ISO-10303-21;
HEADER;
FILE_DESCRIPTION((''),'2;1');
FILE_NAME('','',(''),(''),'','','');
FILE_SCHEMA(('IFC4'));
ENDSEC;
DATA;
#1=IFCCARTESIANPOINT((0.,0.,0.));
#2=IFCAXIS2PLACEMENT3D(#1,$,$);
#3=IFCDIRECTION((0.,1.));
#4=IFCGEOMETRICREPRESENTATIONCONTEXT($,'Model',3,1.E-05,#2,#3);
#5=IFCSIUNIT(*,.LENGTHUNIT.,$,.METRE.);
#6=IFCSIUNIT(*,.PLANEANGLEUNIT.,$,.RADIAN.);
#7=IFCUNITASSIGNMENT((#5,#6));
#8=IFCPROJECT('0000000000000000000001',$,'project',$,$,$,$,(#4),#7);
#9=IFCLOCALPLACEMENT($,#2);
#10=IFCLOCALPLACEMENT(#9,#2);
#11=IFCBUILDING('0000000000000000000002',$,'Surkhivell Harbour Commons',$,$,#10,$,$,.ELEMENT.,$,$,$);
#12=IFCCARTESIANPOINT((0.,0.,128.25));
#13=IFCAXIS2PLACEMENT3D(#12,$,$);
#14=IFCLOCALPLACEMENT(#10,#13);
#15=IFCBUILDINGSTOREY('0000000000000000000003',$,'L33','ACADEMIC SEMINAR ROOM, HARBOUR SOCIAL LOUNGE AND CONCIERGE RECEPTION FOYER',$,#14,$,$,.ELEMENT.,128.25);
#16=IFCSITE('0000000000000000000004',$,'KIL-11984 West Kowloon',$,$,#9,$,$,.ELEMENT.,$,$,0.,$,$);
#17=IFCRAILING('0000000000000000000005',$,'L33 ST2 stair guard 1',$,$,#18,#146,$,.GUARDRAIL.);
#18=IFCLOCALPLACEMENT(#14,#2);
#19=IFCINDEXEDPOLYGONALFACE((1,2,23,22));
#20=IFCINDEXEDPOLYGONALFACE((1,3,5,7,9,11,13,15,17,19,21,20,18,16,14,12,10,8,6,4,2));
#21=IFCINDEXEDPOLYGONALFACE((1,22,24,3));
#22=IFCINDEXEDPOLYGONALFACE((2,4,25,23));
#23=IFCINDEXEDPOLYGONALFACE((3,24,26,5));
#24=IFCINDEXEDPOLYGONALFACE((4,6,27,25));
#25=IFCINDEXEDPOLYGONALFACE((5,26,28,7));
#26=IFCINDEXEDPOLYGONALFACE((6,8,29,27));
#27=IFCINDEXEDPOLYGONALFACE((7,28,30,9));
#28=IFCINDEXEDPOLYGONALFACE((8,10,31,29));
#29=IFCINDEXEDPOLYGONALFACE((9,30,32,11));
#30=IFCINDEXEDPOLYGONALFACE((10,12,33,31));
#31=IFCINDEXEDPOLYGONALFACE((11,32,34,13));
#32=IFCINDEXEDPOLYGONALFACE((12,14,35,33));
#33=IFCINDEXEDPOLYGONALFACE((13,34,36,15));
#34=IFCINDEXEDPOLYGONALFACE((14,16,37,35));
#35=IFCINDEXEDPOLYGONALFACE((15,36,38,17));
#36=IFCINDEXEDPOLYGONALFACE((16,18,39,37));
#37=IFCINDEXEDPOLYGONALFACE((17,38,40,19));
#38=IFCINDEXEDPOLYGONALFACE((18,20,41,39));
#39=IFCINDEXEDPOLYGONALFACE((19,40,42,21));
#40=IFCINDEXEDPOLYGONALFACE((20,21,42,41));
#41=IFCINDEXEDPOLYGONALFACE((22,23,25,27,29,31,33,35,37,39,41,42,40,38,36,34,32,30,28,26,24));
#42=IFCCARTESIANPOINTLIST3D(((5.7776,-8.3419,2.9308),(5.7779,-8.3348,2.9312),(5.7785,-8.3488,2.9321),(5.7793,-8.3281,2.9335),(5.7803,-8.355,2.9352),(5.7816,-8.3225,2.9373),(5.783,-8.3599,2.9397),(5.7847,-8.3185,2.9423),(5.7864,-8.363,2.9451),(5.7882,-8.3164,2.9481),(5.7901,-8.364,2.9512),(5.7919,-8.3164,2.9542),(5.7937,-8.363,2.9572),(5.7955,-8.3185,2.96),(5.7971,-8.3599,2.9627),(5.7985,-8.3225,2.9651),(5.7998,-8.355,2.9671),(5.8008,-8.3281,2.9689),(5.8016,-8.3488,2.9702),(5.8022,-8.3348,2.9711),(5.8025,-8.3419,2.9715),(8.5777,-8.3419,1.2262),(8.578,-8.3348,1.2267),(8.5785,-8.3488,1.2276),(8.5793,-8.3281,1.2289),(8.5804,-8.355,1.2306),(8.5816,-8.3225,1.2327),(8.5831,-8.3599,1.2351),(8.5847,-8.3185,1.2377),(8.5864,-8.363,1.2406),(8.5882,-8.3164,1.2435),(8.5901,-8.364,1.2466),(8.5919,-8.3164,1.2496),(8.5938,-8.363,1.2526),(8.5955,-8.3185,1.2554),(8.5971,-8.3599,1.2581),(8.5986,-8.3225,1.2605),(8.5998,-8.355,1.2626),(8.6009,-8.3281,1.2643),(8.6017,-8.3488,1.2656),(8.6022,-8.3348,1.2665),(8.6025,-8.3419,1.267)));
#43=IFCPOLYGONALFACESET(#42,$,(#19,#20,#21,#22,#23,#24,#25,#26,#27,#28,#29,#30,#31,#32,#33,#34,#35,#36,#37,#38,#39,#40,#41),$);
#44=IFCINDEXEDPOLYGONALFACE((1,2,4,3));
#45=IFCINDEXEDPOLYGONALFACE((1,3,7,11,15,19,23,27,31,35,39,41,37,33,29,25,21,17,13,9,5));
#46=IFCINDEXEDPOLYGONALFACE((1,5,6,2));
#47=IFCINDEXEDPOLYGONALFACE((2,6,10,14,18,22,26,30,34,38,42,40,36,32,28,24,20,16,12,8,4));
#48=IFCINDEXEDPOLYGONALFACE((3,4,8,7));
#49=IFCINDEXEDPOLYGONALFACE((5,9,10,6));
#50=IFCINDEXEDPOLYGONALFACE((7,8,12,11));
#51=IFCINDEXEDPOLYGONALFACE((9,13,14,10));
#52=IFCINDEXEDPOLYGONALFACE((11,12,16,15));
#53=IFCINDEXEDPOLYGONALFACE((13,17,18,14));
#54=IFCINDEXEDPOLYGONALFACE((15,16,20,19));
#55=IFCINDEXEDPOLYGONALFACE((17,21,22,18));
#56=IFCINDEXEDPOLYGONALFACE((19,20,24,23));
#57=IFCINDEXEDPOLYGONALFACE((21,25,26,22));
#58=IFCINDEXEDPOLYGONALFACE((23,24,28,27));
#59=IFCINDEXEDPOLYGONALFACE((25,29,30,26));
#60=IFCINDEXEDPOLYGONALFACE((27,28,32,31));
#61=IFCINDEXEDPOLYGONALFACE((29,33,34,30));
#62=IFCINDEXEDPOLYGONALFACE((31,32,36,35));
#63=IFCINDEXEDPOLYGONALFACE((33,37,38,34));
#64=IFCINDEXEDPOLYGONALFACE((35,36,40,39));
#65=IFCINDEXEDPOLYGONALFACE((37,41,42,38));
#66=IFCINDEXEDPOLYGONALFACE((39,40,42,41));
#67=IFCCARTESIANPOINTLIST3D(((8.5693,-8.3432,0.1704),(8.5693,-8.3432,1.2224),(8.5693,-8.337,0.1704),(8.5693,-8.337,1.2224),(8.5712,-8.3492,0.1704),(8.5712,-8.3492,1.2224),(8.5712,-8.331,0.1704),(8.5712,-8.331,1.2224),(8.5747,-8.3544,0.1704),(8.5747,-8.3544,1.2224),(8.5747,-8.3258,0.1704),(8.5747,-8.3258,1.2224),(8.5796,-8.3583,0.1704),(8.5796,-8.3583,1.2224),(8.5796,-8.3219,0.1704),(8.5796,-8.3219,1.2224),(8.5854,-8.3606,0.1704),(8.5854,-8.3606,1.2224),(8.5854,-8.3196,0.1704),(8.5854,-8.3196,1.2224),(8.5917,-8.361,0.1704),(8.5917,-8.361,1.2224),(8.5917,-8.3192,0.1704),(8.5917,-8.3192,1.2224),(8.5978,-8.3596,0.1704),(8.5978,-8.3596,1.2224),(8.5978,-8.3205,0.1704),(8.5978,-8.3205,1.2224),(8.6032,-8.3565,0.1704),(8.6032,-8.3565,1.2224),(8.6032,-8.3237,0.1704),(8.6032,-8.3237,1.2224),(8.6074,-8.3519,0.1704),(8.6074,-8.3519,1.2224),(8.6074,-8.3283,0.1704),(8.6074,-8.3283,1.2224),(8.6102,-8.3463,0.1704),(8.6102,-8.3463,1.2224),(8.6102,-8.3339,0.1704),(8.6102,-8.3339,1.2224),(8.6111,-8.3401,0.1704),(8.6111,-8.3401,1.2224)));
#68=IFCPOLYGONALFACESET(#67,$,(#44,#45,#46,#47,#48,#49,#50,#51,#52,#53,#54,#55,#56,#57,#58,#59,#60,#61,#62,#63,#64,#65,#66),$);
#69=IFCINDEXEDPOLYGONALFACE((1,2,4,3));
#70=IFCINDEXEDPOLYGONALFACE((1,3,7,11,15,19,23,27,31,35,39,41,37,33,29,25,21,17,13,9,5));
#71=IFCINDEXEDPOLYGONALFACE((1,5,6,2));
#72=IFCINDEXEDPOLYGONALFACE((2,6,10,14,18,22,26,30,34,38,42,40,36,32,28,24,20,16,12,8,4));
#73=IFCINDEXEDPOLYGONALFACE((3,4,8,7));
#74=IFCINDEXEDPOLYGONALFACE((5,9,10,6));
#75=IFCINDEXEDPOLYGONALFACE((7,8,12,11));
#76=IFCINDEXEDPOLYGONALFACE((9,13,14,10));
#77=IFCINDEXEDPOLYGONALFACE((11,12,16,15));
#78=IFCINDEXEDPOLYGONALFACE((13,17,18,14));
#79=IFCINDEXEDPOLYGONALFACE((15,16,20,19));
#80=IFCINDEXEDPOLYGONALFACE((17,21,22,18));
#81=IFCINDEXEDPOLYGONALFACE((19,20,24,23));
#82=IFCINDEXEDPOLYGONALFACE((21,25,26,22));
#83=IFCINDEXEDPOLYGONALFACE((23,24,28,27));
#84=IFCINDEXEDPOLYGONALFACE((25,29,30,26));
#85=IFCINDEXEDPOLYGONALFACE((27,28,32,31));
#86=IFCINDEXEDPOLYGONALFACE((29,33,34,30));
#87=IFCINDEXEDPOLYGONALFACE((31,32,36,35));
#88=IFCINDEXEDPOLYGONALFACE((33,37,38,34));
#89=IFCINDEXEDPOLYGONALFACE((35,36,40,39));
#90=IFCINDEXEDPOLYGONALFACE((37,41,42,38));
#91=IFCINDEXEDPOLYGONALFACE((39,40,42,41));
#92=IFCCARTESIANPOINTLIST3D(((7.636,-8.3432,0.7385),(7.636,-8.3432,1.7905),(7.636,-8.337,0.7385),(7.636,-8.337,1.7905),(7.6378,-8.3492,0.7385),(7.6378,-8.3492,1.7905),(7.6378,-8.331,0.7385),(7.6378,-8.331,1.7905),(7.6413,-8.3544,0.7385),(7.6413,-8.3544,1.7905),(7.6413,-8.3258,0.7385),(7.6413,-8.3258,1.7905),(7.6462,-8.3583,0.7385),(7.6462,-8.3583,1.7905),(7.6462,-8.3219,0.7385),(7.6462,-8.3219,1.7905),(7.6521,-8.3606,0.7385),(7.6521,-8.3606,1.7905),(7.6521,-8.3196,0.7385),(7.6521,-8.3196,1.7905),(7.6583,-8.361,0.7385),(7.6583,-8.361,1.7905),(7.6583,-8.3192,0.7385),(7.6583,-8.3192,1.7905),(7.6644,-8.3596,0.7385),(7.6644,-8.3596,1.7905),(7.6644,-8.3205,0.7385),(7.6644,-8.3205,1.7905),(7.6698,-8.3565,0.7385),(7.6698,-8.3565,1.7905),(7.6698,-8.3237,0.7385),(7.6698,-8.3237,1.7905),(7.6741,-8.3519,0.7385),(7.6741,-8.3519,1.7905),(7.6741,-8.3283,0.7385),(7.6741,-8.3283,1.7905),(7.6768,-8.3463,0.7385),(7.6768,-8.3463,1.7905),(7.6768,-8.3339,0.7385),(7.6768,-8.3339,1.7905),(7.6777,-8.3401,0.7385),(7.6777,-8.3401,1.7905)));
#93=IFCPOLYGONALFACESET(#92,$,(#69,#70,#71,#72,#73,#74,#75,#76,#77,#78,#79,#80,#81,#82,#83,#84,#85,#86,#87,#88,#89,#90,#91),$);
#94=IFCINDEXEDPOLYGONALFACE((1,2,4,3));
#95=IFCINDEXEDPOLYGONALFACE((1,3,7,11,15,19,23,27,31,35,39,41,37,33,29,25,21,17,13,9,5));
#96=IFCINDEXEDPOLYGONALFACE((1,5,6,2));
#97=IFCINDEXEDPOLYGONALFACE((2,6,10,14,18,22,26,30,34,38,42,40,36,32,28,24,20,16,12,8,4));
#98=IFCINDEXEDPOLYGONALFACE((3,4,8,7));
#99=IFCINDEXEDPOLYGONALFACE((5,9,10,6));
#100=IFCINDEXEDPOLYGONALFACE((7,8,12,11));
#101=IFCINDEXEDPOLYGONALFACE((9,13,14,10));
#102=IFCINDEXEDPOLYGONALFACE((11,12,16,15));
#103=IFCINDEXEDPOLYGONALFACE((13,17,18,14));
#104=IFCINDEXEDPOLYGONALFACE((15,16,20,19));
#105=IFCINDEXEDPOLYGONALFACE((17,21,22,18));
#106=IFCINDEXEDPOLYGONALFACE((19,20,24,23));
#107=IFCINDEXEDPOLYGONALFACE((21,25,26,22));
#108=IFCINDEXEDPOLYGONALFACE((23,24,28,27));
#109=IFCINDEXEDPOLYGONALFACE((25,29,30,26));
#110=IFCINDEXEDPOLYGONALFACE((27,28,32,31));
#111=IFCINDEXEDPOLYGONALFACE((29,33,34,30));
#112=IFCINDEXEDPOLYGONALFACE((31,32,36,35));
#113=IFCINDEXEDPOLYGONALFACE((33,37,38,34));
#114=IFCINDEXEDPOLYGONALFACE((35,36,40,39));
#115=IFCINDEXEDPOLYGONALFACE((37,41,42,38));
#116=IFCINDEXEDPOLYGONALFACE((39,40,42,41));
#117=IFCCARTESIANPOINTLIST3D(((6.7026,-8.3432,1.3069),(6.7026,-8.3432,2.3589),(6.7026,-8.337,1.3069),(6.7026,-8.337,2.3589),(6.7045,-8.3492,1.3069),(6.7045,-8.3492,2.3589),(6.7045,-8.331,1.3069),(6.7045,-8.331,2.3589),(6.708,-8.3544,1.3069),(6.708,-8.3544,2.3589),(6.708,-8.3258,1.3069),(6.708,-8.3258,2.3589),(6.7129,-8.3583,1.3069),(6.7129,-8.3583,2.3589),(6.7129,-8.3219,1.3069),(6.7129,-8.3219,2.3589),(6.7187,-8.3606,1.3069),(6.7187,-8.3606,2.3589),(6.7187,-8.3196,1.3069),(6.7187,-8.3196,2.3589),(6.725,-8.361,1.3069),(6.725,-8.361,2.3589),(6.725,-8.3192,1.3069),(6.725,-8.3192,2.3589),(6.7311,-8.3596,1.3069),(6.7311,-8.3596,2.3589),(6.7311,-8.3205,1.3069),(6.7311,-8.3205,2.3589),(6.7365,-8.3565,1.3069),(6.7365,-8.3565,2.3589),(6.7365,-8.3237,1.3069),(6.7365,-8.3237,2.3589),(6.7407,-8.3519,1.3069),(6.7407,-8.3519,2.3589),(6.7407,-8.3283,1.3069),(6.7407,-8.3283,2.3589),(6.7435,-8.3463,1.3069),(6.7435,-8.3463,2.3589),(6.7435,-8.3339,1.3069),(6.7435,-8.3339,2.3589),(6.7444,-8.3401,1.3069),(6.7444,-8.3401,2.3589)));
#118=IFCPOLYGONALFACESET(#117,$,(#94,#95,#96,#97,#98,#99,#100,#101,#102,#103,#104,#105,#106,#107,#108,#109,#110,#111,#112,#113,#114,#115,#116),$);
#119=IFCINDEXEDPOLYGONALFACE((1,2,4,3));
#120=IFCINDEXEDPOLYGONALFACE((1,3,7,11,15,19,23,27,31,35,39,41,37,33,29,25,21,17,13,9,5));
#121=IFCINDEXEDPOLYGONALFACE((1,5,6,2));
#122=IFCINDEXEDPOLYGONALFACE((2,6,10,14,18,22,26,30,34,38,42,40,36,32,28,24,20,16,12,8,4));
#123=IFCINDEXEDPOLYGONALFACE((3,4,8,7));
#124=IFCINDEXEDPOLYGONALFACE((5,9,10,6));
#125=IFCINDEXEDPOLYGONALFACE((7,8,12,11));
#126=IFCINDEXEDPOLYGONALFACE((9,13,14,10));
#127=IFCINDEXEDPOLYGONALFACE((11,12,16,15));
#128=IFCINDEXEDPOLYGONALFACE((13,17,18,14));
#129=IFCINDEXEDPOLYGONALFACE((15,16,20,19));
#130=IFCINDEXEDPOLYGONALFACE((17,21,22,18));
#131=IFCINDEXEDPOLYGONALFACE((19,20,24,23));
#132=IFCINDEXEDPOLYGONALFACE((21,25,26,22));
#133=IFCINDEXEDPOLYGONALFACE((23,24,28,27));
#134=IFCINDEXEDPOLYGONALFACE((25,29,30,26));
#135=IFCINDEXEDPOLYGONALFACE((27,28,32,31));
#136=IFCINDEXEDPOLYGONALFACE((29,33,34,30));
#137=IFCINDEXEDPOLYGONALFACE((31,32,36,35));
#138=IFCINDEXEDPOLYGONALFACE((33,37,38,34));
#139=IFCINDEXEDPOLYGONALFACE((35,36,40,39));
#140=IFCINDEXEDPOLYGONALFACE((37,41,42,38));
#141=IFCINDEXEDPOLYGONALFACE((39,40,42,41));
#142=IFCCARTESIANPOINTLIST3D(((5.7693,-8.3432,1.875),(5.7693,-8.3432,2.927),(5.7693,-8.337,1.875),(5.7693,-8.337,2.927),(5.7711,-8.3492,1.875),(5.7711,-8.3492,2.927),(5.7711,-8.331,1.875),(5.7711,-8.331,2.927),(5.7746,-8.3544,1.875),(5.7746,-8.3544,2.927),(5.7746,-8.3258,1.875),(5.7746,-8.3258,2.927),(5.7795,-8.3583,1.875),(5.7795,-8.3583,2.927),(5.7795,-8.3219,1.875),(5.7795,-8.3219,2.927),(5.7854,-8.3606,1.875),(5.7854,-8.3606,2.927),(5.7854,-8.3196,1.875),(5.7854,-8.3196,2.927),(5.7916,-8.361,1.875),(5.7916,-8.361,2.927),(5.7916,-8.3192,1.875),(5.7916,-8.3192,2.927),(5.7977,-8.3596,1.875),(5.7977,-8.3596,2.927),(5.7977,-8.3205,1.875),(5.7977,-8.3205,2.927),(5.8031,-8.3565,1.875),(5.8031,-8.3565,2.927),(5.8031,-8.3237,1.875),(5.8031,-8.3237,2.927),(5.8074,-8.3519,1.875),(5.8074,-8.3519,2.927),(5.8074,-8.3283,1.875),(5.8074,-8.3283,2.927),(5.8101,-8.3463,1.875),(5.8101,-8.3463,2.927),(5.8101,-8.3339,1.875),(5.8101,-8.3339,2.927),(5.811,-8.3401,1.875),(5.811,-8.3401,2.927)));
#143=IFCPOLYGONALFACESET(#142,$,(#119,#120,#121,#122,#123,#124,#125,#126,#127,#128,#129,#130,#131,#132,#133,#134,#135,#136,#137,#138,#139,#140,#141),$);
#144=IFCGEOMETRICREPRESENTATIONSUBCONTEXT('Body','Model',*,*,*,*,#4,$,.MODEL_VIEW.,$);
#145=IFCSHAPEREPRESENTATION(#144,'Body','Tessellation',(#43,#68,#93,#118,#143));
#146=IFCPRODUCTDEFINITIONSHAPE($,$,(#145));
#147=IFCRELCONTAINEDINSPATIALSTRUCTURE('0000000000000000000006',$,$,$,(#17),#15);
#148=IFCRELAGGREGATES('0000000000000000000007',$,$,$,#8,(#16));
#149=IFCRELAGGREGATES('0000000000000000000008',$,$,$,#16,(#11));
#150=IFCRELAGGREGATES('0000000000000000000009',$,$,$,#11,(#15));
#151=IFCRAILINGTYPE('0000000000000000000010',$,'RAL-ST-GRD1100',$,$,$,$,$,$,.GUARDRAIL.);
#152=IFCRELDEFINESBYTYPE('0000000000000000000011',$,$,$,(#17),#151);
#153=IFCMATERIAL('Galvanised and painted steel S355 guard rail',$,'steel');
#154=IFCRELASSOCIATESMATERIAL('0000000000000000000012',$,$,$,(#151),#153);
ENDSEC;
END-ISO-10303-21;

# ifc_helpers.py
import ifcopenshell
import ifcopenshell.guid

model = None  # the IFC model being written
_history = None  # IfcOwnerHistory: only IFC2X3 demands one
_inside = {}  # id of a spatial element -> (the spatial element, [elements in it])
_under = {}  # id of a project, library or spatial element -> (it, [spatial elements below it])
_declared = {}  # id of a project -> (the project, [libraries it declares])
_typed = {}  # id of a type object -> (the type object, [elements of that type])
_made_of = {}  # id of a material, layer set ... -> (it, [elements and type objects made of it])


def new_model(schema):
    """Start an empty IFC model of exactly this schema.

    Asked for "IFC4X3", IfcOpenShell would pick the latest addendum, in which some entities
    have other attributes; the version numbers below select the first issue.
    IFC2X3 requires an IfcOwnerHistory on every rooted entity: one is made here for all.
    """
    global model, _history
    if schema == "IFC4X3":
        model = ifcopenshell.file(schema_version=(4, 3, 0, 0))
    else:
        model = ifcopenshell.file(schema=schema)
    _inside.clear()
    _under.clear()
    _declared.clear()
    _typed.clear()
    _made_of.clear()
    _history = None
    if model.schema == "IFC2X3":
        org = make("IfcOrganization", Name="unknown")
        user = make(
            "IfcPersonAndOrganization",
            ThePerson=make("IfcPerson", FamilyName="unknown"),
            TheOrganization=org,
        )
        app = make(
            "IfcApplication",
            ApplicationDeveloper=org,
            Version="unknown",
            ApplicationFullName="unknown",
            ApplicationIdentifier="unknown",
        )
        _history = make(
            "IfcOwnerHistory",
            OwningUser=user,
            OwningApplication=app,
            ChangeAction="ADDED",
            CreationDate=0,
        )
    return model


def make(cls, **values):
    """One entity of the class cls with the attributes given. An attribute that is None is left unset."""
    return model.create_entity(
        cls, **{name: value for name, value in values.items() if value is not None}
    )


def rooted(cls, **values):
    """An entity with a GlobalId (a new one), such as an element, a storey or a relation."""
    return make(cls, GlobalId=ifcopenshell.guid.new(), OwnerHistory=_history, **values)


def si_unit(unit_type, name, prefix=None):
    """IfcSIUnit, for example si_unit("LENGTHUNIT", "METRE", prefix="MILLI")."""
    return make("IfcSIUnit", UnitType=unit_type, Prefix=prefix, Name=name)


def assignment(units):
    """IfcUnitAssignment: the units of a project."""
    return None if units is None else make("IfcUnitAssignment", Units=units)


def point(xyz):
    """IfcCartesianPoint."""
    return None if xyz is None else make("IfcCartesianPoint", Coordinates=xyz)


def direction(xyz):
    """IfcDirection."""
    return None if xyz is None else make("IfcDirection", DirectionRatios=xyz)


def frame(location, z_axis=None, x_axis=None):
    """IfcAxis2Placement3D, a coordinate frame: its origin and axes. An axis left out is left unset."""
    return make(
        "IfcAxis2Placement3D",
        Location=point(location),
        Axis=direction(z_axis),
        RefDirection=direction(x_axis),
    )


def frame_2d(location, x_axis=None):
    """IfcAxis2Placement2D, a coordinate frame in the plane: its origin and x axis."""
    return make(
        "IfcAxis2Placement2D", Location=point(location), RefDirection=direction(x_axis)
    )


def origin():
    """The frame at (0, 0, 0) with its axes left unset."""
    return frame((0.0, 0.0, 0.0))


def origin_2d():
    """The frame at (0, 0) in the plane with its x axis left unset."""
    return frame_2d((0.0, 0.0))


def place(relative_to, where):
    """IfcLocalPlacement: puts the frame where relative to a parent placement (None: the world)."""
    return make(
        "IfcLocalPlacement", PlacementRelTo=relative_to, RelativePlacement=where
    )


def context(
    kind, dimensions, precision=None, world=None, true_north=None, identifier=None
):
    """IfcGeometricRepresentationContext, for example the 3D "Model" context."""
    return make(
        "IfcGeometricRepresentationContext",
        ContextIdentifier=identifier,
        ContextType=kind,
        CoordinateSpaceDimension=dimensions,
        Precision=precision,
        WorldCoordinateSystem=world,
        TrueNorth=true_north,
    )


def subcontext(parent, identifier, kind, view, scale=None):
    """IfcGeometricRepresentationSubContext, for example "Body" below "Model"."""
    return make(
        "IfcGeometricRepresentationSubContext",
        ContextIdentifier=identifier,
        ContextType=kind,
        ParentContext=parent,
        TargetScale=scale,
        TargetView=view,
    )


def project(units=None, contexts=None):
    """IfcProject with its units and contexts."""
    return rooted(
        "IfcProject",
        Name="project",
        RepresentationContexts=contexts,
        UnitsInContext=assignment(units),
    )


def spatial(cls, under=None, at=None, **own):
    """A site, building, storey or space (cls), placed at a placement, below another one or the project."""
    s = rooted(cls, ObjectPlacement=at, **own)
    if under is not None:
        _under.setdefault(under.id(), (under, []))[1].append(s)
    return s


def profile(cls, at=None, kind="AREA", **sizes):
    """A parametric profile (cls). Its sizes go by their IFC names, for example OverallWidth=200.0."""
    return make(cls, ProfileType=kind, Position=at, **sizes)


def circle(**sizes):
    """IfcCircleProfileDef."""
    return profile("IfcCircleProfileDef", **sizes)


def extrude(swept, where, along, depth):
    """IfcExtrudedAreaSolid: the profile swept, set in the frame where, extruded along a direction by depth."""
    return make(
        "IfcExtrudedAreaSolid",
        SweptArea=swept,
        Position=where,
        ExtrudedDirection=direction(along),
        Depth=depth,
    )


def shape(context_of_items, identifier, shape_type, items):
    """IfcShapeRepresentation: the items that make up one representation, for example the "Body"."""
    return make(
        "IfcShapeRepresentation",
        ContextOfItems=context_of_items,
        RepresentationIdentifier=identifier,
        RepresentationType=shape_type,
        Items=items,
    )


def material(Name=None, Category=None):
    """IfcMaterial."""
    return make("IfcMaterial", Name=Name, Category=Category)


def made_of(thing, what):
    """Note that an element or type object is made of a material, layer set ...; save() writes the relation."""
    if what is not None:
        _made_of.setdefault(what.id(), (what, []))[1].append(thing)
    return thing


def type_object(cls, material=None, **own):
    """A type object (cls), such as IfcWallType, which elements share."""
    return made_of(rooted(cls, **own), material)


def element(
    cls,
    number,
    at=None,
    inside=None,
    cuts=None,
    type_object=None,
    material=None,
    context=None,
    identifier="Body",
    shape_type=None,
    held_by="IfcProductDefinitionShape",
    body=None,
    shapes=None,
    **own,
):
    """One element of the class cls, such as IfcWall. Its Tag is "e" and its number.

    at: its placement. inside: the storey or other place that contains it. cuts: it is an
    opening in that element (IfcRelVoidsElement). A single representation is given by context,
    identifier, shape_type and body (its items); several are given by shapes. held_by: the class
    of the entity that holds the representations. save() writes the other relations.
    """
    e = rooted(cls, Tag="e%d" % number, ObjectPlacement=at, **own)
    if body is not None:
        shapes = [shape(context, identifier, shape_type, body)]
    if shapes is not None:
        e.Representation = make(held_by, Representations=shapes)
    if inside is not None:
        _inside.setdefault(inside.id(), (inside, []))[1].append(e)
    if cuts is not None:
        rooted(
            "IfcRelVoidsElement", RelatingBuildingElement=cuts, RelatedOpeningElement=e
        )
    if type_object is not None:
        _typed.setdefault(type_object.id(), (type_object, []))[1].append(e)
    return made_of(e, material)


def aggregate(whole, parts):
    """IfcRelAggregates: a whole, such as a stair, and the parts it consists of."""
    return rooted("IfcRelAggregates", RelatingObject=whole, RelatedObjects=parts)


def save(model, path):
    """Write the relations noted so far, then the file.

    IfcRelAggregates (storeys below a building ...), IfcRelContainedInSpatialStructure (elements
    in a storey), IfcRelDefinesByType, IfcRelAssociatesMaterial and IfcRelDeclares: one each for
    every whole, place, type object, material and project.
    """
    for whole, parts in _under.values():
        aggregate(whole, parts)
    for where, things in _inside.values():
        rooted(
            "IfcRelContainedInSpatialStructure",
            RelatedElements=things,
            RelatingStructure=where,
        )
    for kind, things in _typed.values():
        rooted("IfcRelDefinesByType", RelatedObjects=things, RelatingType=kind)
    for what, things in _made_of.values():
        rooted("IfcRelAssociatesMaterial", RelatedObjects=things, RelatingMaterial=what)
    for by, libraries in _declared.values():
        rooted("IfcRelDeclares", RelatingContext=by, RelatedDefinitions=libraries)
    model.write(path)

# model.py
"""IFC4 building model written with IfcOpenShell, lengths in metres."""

from ifc_helpers import new_model, si_unit, direction, frame, origin, origin_2d, place, context, subcontext, project, spatial, circle, extrude, material, type_object, element, save


model = new_model("IFC4")

# Units and contexts
model_context = context("Model", 3, precision=1e-05, world=origin(), true_north=direction((0.0, 1.0)))
body_context = subcontext(model_context, "Body", "Model", "MODEL_VIEW")
ifc_project = project(units=[si_unit("LENGTHUNIT", "METRE"), si_unit("PLANEANGLEUNIT", "RADIAN")], contexts=[model_context])

# Site, building, storey
site_placement = place(None, origin())
site = spatial("IfcSite", under=ifc_project, at=site_placement, Name="KIL-11984 West Kowloon", CompositionType="ELEMENT", RefElevation=0.0)
building_placement = place(site_placement, origin())
building = spatial("IfcBuilding", under=site, at=building_placement, Name="Surkhivell Harbour Commons", CompositionType="ELEMENT")
storey_placement = place(building_placement, frame((0.0, 0.0, 128.25)))
storey = spatial("IfcBuildingStorey", under=building, at=storey_placement, Name="L33", Description="ACADEMIC SEMINAR ROOM, HARBOUR SOCIAL LOUNGE AND CONCIERGE RECEPTION FOYER", CompositionType="ELEMENT", Elevation=128.25)

# Railing
ifc_material_1 = material(Name="Galvanised and painted steel S355 guard rail", Category="steel")
railing_type = type_object("IfcRailingType", Name="RAL-ST-GRD1100", PredefinedType="GUARDRAIL", material=ifc_material_1)
railing_1_placement = place(storey_placement, frame((8.5901, -8.3401, 0.1704)))
element("IfcRailing", 1, at=railing_1_placement, inside=storey, type_object=railing_type, Name="L33 ST2 stair guard 1", PredefinedType="GUARDRAIL", context=body_context, shape_type="SweptSolid", body=[
    extrude(circle(Radius=0.0239, at=origin_2d()), frame((0.0, 0.0, 1.0762), z_axis=(-0.85417, 0.0, 0.519994), x_axis=(0.0, -1.0, 0.0)), (0.0, 0.0, 1.0), 3.2781),
    extrude(circle(Radius=0.021, at=origin_2d()), origin(), (0.0, 0.0, 1.0), 1.052),
    extrude(circle(Radius=0.021, at=origin_2d()), frame((-0.9333, 0.0, 0.5681)), (0.0, 0.0, 1.0), 1.052),
    extrude(circle(Radius=0.021, at=origin_2d()), frame((-1.8667, 0.0, 1.1365)), (0.0, 0.0, 1.0), 1.052),
    extrude(circle(Radius=0.021, at=origin_2d()), frame((-2.8, 0.0, 1.7046)), (0.0, 0.0, 1.0), 1.052),
])

save(model, "model.ifc")
